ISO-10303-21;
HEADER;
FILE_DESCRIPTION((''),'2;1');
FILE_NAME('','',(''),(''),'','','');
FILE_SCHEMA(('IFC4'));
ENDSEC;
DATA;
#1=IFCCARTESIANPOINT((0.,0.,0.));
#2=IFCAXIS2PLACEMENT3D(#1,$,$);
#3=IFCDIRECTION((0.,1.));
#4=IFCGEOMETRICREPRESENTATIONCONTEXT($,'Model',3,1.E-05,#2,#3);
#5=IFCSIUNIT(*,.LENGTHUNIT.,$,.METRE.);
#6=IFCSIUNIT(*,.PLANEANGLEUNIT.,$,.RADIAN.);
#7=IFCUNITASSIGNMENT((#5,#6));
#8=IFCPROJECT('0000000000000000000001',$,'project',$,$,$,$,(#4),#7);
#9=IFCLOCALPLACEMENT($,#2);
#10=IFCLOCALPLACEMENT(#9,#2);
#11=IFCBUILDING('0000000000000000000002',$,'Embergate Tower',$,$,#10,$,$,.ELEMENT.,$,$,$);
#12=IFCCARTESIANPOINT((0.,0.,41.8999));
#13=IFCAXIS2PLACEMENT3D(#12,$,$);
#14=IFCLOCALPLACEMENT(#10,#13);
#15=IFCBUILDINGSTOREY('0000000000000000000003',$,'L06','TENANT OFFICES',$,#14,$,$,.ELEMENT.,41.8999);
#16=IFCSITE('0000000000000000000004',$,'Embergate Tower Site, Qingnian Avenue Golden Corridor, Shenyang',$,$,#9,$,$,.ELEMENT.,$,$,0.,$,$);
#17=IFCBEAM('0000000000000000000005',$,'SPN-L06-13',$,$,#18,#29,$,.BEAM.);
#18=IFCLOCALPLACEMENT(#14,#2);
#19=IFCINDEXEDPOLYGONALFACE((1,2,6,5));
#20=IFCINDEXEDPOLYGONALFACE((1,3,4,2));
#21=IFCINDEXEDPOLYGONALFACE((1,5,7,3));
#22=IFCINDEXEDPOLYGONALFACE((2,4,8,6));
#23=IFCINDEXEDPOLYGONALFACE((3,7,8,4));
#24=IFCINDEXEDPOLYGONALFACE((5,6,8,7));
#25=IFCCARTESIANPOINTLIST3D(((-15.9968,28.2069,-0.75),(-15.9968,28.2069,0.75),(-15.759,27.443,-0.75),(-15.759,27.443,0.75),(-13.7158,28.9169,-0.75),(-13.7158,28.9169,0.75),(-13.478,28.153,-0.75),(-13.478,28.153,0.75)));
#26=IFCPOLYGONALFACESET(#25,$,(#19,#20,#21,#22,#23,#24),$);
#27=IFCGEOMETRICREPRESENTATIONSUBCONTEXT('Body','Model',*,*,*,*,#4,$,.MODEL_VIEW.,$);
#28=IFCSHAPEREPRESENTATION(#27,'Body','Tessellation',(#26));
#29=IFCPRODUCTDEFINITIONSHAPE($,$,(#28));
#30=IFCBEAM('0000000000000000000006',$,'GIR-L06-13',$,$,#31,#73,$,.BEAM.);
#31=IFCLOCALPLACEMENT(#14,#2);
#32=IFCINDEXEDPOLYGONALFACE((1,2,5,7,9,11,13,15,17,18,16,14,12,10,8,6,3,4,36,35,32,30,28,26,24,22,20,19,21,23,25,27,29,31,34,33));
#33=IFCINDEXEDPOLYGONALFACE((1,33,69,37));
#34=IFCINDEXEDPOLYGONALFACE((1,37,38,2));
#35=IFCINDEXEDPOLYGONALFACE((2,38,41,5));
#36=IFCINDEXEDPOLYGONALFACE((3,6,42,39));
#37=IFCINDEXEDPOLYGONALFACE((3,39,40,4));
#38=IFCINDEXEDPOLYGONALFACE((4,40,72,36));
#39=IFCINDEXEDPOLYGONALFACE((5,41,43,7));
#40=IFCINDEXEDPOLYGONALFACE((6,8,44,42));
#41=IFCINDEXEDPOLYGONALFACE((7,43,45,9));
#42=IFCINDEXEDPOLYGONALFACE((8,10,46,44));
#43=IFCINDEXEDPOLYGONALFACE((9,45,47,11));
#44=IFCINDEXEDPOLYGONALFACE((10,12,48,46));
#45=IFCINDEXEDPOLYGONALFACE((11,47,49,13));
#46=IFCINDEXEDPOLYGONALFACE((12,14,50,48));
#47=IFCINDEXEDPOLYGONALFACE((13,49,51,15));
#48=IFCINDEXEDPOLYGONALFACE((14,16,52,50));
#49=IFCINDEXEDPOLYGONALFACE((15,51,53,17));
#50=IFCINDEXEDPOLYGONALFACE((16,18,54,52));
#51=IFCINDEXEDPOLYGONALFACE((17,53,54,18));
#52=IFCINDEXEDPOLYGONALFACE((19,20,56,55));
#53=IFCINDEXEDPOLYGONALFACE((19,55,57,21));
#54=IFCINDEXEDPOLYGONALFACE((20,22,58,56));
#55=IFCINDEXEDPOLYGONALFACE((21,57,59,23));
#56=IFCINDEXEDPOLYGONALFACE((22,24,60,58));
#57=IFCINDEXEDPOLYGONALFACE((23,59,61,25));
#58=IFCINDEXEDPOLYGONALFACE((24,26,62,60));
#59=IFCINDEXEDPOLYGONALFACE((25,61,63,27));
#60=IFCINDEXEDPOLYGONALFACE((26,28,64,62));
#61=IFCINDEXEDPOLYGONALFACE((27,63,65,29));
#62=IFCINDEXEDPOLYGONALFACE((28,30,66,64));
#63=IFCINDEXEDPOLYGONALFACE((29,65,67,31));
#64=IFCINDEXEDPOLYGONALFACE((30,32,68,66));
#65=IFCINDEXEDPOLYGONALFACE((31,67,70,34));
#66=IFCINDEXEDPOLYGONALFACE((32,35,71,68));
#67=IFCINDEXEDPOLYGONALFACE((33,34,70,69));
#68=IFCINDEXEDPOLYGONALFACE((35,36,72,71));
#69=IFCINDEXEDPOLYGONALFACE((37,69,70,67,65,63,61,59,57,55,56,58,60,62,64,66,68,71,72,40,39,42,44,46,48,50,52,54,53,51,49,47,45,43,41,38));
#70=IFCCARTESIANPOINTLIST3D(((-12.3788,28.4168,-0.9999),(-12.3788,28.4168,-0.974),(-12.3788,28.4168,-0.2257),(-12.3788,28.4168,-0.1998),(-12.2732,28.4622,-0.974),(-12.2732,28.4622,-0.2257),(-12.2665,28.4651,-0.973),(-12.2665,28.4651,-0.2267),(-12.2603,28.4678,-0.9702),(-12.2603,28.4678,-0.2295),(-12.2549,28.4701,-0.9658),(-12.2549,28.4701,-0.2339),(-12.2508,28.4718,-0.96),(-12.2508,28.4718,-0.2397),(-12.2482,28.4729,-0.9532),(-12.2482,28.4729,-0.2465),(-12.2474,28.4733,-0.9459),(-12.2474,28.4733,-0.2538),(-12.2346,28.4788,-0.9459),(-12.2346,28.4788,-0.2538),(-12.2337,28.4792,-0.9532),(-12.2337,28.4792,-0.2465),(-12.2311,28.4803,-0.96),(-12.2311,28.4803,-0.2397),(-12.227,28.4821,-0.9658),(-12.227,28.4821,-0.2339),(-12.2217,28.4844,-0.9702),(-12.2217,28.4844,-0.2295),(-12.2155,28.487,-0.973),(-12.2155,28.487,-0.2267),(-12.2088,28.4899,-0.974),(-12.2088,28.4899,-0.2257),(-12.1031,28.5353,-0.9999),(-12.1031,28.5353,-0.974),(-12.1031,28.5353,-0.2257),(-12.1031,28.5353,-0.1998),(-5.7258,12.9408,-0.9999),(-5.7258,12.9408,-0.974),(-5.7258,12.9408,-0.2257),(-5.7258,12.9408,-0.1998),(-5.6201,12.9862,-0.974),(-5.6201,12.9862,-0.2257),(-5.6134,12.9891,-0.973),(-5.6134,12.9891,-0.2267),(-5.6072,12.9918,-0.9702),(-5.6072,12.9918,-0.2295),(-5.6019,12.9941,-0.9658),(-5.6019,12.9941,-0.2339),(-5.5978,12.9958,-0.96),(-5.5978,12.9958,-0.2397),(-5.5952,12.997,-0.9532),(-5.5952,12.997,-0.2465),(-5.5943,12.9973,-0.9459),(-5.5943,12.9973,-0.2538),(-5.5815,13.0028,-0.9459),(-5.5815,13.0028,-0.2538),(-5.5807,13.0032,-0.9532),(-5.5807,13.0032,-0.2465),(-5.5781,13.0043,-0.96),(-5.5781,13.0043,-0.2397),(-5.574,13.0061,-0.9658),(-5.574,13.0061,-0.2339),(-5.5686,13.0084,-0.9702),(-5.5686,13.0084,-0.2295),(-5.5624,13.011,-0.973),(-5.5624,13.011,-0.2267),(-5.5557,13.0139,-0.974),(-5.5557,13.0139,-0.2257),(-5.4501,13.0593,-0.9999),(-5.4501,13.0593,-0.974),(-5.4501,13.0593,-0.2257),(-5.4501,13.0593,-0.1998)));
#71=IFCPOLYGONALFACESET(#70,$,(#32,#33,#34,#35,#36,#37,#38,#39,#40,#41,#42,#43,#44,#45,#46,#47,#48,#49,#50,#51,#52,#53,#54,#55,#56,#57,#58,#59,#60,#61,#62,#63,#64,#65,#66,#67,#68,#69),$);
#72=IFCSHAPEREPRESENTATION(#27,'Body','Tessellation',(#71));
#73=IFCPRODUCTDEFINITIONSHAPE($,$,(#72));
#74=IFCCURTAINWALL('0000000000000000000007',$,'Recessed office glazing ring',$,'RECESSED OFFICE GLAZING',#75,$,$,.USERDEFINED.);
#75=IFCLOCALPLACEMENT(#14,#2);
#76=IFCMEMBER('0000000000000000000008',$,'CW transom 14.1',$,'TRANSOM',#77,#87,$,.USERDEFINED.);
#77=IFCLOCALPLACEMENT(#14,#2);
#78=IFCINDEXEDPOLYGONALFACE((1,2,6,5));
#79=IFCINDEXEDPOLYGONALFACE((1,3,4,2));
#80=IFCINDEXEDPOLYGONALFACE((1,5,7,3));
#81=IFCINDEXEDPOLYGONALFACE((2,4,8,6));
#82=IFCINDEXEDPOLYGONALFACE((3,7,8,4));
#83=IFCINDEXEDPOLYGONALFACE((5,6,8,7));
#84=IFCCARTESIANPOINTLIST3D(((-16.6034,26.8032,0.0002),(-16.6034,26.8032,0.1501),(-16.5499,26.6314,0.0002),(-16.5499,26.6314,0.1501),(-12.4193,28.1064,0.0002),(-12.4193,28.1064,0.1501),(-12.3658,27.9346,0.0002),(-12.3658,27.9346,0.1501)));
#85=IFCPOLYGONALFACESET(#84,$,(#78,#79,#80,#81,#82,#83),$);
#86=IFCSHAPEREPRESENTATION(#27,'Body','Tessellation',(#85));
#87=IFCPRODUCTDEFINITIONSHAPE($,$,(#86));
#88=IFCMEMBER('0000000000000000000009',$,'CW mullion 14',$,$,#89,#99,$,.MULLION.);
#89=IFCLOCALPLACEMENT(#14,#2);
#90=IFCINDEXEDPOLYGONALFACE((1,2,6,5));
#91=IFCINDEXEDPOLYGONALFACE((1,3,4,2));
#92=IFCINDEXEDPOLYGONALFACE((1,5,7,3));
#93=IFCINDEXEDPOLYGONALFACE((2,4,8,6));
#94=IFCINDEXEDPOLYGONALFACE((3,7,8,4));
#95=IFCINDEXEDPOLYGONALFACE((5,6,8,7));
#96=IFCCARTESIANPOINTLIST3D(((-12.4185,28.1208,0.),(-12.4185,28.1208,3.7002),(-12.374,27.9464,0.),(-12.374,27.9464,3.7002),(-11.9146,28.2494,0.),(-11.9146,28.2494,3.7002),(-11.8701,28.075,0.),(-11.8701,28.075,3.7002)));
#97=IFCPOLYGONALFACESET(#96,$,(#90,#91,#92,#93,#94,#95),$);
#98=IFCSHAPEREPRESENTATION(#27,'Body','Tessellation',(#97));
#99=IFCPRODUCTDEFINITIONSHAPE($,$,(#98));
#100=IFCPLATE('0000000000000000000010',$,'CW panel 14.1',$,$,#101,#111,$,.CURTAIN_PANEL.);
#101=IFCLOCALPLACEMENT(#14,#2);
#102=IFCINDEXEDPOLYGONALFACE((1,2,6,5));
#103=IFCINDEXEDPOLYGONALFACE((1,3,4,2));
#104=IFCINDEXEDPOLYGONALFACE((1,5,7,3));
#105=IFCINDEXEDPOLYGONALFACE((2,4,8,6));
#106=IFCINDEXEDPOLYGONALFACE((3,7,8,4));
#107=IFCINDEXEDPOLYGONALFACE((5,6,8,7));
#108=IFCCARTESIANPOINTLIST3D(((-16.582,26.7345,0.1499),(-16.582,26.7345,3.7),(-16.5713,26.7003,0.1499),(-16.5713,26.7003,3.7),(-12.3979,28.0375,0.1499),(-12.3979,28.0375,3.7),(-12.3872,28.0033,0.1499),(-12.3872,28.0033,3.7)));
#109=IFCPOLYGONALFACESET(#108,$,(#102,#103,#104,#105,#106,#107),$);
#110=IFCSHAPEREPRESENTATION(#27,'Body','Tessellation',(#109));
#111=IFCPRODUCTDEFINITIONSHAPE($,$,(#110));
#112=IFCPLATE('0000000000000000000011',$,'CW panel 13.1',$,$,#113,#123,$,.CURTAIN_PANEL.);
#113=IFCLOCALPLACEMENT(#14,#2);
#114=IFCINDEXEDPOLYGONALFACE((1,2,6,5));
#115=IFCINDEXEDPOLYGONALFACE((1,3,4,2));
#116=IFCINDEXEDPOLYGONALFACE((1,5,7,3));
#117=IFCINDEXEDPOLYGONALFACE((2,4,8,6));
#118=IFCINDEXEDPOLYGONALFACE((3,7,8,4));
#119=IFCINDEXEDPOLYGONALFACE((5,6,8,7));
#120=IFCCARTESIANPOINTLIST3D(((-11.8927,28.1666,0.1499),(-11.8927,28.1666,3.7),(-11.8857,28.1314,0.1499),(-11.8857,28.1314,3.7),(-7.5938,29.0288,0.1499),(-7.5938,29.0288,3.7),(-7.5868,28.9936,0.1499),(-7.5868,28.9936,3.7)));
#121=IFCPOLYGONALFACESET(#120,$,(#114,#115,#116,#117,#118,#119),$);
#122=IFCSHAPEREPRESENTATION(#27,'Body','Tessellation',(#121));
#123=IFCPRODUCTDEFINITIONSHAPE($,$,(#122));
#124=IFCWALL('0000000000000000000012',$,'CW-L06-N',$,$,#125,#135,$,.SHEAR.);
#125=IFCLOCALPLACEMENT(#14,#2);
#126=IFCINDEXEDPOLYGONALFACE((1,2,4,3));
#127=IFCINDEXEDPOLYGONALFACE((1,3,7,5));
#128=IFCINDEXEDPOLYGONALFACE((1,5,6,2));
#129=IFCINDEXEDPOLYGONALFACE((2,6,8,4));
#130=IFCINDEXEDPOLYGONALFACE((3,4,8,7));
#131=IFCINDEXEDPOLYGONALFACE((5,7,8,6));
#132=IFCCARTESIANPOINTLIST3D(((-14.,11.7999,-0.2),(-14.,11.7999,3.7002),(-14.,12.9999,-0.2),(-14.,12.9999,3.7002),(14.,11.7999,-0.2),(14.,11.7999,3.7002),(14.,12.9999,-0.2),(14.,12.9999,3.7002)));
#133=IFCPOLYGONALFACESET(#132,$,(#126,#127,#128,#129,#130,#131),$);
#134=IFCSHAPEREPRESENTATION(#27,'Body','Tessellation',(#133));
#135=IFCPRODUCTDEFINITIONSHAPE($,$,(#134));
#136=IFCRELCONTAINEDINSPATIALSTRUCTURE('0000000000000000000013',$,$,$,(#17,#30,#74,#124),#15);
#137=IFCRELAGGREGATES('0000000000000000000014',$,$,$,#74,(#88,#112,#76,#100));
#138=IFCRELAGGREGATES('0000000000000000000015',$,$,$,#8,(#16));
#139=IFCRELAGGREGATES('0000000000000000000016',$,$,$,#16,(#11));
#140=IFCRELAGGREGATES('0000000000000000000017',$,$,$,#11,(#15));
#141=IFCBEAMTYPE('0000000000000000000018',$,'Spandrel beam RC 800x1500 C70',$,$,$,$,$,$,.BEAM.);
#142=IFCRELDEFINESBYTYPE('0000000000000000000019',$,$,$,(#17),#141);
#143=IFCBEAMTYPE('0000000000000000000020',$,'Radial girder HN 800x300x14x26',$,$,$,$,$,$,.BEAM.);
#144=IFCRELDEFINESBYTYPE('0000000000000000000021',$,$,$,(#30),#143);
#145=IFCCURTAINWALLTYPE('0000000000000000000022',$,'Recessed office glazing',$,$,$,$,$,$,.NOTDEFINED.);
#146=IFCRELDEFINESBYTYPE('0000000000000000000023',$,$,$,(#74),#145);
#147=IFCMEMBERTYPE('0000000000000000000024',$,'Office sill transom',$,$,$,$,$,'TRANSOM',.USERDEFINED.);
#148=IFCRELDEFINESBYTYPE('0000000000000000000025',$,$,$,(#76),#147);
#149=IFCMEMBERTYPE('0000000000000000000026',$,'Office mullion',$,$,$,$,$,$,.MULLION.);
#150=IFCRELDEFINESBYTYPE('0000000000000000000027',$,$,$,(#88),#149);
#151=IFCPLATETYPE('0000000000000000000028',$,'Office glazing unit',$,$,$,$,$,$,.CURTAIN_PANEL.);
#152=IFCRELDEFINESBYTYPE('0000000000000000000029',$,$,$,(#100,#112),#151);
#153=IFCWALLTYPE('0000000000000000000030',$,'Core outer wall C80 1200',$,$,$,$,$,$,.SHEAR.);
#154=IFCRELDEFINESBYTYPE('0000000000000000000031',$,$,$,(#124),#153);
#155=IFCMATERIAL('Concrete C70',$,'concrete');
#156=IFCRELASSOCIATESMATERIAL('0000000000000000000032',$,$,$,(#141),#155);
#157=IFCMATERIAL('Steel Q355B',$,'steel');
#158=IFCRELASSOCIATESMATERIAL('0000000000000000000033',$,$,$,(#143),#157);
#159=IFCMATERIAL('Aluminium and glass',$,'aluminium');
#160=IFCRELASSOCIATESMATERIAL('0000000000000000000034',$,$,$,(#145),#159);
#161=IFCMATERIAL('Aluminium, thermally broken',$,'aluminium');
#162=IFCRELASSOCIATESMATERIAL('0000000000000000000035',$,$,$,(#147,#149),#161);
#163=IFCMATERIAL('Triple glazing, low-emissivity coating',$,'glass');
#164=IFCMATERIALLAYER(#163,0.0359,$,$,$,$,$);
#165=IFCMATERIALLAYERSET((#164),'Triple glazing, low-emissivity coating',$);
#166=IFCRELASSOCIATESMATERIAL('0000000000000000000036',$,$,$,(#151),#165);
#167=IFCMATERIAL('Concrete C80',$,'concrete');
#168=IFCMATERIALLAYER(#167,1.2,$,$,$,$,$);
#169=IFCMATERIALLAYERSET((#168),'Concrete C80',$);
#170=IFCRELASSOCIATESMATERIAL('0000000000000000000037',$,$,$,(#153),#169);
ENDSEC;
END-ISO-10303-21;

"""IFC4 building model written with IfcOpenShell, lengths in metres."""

from ifc_helpers import new_model, si_unit, direction, frame, frame_2d, origin, origin_2d, place, context, subcontext, project, spatial, rectangle, i_section, extrude, source, transform, mapped, material, layer, layer_set, material_profile, profile_set, type_object, element, aggregate, save


model = new_model("IFC4")

# Units and contexts
model_context = context("Model", 3, precision=1e-05, world=origin(), true_north=direction((0.0, 1.0)))
body_context = subcontext(model_context, "Body", "Model", "MODEL_VIEW")
ifc_project = project(units=[si_unit("LENGTHUNIT", "METRE"), si_unit("PLANEANGLEUNIT", "RADIAN")], contexts=[model_context])

# Site, building, storey
site_placement = place(None, origin())
site = spatial("IfcSite", under=ifc_project, at=site_placement, Name="Embergate Tower Site, Qingnian Avenue Golden Corridor, Shenyang", CompositionType="ELEMENT", RefElevation=0.0)
building_placement = place(site_placement, origin())
building = spatial("IfcBuilding", under=site, at=building_placement, Name="Embergate Tower", CompositionType="ELEMENT")
storey_placement = place(building_placement, frame((0.0, 0.0, 41.8999)))
storey = spatial("IfcBuildingStorey", under=building, at=storey_placement, Name="L06", Description="TENANT OFFICES", CompositionType="ELEMENT", Elevation=41.8999)

# Beams
ifc_material_1 = material(Name="Concrete C70", Category="concrete")
ifc_material_profile_1 = material_profile(ifc_material_1, rectangle(XDim=0.8, YDim=1.5, at=origin_2d()), Name="RC 800x1500")
ifc_profile_set_1 = profile_set([ifc_material_profile_1], Name="Concrete C70")
beam_type_1 = type_object("IfcBeamType", Name="Spandrel beam RC 800x1500 C70", PredefinedType="BEAM", material=ifc_profile_set_1)
shared_shape_1 = source(origin(), body_context, "Body", "SweptSolid", [
    extrude(rectangle(XDim=0.8, YDim=1.5, at=origin_2d()), origin(), (0.0, 0.0, 1.0), 2.3889),
])
beam_1_placement = place(storey_placement, frame((-13.5969, 28.5349, 0.0), z_axis=(-0.954819, -0.297187, 0.0), x_axis=(0.297187, -0.954819, 0.0)))
element("IfcBeam", 1, at=beam_1_placement, inside=storey, type_object=beam_type_1, Name="SPN-L06-13", PredefinedType="BEAM", context=body_context, shape_type="MappedRepresentation", body=[
    mapped(shared_shape_1, transform((0.0, 0.0, 0.0))),
])
ifc_material_2 = material(Name="Steel Q355B", Category="steel")
ifc_material_profile_2 = material_profile(ifc_material_2, i_section(OverallWidth=0.3, OverallDepth=0.8, WebThickness=0.0139, FlangeThickness=0.0259, FilletRadius=0.0281, at=origin_2d()), Name="HN 800x300x14x26")
ifc_profile_set_2 = profile_set([ifc_material_profile_2], Name="Steel Q355 grade B")
beam_type_2 = type_object("IfcBeamType", Name="Radial girder HN 800x300x14x26", PredefinedType="BEAM", material=ifc_profile_set_2)
shared_shape_2 = source(origin(), body_context, "Body", "SweptSolid", [
    extrude(i_section(OverallWidth=0.3, OverallDepth=0.8, WebThickness=0.0139, FlangeThickness=0.0259, FilletRadius=0.0281, at=origin_2d()), origin(), (0.0, 0.0, 1.0), 16.8455),
])
beam_2_placement = place(storey_placement, frame((-12.241, 28.4761, -0.5999), z_axis=(0.394946, -0.918704, 0.0), x_axis=(0.918704, 0.394946, 0.0)))
element("IfcBeam", 2, at=beam_2_placement, inside=storey, type_object=beam_type_2, Name="GIR-L06-13", PredefinedType="BEAM", context=body_context, shape_type="MappedRepresentation", body=[
    mapped(shared_shape_2, transform((0.0, 0.0, 0.0))),
])

# Curtain wall, members, plates
ifc_material_3 = material(Name="Aluminium and glass", Category="aluminium")
curtain_wall_type = type_object("IfcCurtainWallType", Name="Recessed office glazing", PredefinedType="NOTDEFINED", material=ifc_material_3)
curtain_wall_placement = place(storey_placement, origin())
curtain_wall = element("IfcCurtainWall", 3, at=curtain_wall_placement, inside=storey, type_object=curtain_wall_type, Name="Recessed office glazing ring", ObjectType="RECESSED OFFICE GLAZING", PredefinedType="USERDEFINED")
ifc_material_4 = material(Name="Aluminium, thermally broken", Category="aluminium")
ifc_material_profile_3 = material_profile(ifc_material_4, rectangle(XDim=0.1799, YDim=0.1499, at=origin_2d()), Name="AL 150x180")
ifc_profile_set_3 = profile_set([ifc_material_profile_3], Name="Aluminium, thermally broken")
member_type_1 = type_object("IfcMemberType", Name="Office sill transom", ElementType="TRANSOM", PredefinedType="USERDEFINED", material=ifc_profile_set_3)
shared_shape_3 = source(origin(), body_context, "Body", "SweptSolid", [
    extrude(rectangle(XDim=0.1799, YDim=0.1499, at=origin_2d()), origin(), (0.0, 0.0, 1.0), 4.3823),
])
member_1_placement = place(storey_placement, frame((-12.3926, 28.0205, 0.0752), z_axis=(-0.954759, -0.29738, 0.0), x_axis=(0.29738, -0.954759, 0.0)))
member_1 = element("IfcMember", 4, at=member_1_placement, type_object=member_type_1, Name="CW transom 14.1", ObjectType="TRANSOM", PredefinedType="USERDEFINED", context=body_context, shape_type="MappedRepresentation", body=[
    mapped(shared_shape_3, transform((0.0, 0.0, 0.0))),
])
ifc_material_profile_4 = material_profile(ifc_material_4, rectangle(XDim=0.1799, YDim=0.52, at=origin_2d()), Name="AL 520x180")
ifc_profile_set_4 = profile_set([ifc_material_profile_4], Name="Aluminium, thermally broken")
member_type_2 = type_object("IfcMemberType", Name="Office mullion", PredefinedType="MULLION", material=ifc_profile_set_4)
shared_shape_4 = source(origin(), body_context, "Body", "SweptSolid", [
    extrude(rectangle(XDim=0.1799, YDim=0.52, at=origin_2d()), origin(), (0.0, 0.0, 1.0), 3.7002),
])
member_2_placement = place(storey_placement, frame((-12.1443, 28.0979, 0.0), z_axis=(0.0, 0.0, 1.0), x_axis=(0.24731, -0.968936, 0.0)))
member_2 = element("IfcMember", 5, at=member_2_placement, type_object=member_type_2, Name="CW mullion 14", PredefinedType="MULLION", context=body_context, shape_type="MappedRepresentation", body=[
    mapped(shared_shape_4, transform((0.0, 0.0, 0.0))),
])
ifc_material_5 = material(Name="Triple glazing, low-emissivity coating", Category="glass")
ifc_layer_1 = layer(ifc_material_5, 0.0359)
ifc_layer_set_1 = layer_set([ifc_layer_1], Name="Triple glazing, low-emissivity coating")
plate_type = type_object("IfcPlateType", Name="Office glazing unit", PredefinedType="CURTAIN_PANEL", material=ifc_layer_set_1)
shared_shape_5 = source(origin(), body_context, "Body", "SweptSolid", [
    extrude(rectangle(XDim=4.3823, YDim=0.0359, at=origin_2d()), origin(), (0.0, 0.0, 1.0), 3.55),
])
plate_1_placement = place(storey_placement, frame((-14.4846, 27.3689, 0.1499), z_axis=(0.0, 0.0, 1.0), x_axis=(-0.954773, -0.297337, 0.0)))
plate_1 = element("IfcPlate", 6, at=plate_1_placement, type_object=plate_type, Name="CW panel 14.1", PredefinedType="CURTAIN_PANEL", context=body_context, shape_type="MappedRepresentation", body=[
    mapped(shared_shape_5, transform((0.0, 0.0, 0.0))),
])
shared_shape_6 = source(origin(), body_context, "Body", "SweptSolid", [
    extrude(rectangle(XDim=4.3845, YDim=0.0359, at=origin_2d()), origin(), (0.0, 0.0, 1.0), 3.55),
])
plate_2_placement = place(storey_placement, frame((-9.7397, 28.5801, 0.1499), z_axis=(0.0, 0.0, 1.0), x_axis=(-0.980476, -0.196639, 0.0)))
plate_2 = element("IfcPlate", 7, at=plate_2_placement, type_object=plate_type, Name="CW panel 13.1", PredefinedType="CURTAIN_PANEL", context=body_context, shape_type="MappedRepresentation", body=[
    mapped(shared_shape_6, transform((0.0, 0.0, 0.0))),
])
aggregate(curtain_wall, [member_2, plate_2, member_1, plate_1])

# Wall
ifc_material_6 = material(Name="Concrete C80", Category="concrete")
ifc_layer_2 = layer(ifc_material_6, 1.2)
ifc_layer_set_2 = layer_set([ifc_layer_2], Name="Concrete C80")
wall_type_1 = type_object("IfcWallType", Name="Core outer wall C80 1200", PredefinedType="SHEAR", material=ifc_layer_set_2)
shared_shape_7 = source(origin(), body_context, "Body", "SweptSolid", [
    extrude(rectangle(XDim=28.0, YDim=1.2, at=frame_2d((14.0, 0.0))), origin(), (0.0, 0.0, 1.0), 3.9001),
])
wall_1_placement = place(storey_placement, frame((-14.0, 12.3999, -0.2), z_axis=(0.0, 0.0, 1.0), x_axis=(1.0, 0.0, 0.0)))
element("IfcWall", 8, at=wall_1_placement, inside=storey, type_object=wall_type_1, Name="CW-L06-N", PredefinedType="SHEAR", context=body_context, shape_type="MappedRepresentation", body=[
    mapped(shared_shape_7, transform((0.0, 0.0, 0.0))),
])

save(model, "model.ifc")
